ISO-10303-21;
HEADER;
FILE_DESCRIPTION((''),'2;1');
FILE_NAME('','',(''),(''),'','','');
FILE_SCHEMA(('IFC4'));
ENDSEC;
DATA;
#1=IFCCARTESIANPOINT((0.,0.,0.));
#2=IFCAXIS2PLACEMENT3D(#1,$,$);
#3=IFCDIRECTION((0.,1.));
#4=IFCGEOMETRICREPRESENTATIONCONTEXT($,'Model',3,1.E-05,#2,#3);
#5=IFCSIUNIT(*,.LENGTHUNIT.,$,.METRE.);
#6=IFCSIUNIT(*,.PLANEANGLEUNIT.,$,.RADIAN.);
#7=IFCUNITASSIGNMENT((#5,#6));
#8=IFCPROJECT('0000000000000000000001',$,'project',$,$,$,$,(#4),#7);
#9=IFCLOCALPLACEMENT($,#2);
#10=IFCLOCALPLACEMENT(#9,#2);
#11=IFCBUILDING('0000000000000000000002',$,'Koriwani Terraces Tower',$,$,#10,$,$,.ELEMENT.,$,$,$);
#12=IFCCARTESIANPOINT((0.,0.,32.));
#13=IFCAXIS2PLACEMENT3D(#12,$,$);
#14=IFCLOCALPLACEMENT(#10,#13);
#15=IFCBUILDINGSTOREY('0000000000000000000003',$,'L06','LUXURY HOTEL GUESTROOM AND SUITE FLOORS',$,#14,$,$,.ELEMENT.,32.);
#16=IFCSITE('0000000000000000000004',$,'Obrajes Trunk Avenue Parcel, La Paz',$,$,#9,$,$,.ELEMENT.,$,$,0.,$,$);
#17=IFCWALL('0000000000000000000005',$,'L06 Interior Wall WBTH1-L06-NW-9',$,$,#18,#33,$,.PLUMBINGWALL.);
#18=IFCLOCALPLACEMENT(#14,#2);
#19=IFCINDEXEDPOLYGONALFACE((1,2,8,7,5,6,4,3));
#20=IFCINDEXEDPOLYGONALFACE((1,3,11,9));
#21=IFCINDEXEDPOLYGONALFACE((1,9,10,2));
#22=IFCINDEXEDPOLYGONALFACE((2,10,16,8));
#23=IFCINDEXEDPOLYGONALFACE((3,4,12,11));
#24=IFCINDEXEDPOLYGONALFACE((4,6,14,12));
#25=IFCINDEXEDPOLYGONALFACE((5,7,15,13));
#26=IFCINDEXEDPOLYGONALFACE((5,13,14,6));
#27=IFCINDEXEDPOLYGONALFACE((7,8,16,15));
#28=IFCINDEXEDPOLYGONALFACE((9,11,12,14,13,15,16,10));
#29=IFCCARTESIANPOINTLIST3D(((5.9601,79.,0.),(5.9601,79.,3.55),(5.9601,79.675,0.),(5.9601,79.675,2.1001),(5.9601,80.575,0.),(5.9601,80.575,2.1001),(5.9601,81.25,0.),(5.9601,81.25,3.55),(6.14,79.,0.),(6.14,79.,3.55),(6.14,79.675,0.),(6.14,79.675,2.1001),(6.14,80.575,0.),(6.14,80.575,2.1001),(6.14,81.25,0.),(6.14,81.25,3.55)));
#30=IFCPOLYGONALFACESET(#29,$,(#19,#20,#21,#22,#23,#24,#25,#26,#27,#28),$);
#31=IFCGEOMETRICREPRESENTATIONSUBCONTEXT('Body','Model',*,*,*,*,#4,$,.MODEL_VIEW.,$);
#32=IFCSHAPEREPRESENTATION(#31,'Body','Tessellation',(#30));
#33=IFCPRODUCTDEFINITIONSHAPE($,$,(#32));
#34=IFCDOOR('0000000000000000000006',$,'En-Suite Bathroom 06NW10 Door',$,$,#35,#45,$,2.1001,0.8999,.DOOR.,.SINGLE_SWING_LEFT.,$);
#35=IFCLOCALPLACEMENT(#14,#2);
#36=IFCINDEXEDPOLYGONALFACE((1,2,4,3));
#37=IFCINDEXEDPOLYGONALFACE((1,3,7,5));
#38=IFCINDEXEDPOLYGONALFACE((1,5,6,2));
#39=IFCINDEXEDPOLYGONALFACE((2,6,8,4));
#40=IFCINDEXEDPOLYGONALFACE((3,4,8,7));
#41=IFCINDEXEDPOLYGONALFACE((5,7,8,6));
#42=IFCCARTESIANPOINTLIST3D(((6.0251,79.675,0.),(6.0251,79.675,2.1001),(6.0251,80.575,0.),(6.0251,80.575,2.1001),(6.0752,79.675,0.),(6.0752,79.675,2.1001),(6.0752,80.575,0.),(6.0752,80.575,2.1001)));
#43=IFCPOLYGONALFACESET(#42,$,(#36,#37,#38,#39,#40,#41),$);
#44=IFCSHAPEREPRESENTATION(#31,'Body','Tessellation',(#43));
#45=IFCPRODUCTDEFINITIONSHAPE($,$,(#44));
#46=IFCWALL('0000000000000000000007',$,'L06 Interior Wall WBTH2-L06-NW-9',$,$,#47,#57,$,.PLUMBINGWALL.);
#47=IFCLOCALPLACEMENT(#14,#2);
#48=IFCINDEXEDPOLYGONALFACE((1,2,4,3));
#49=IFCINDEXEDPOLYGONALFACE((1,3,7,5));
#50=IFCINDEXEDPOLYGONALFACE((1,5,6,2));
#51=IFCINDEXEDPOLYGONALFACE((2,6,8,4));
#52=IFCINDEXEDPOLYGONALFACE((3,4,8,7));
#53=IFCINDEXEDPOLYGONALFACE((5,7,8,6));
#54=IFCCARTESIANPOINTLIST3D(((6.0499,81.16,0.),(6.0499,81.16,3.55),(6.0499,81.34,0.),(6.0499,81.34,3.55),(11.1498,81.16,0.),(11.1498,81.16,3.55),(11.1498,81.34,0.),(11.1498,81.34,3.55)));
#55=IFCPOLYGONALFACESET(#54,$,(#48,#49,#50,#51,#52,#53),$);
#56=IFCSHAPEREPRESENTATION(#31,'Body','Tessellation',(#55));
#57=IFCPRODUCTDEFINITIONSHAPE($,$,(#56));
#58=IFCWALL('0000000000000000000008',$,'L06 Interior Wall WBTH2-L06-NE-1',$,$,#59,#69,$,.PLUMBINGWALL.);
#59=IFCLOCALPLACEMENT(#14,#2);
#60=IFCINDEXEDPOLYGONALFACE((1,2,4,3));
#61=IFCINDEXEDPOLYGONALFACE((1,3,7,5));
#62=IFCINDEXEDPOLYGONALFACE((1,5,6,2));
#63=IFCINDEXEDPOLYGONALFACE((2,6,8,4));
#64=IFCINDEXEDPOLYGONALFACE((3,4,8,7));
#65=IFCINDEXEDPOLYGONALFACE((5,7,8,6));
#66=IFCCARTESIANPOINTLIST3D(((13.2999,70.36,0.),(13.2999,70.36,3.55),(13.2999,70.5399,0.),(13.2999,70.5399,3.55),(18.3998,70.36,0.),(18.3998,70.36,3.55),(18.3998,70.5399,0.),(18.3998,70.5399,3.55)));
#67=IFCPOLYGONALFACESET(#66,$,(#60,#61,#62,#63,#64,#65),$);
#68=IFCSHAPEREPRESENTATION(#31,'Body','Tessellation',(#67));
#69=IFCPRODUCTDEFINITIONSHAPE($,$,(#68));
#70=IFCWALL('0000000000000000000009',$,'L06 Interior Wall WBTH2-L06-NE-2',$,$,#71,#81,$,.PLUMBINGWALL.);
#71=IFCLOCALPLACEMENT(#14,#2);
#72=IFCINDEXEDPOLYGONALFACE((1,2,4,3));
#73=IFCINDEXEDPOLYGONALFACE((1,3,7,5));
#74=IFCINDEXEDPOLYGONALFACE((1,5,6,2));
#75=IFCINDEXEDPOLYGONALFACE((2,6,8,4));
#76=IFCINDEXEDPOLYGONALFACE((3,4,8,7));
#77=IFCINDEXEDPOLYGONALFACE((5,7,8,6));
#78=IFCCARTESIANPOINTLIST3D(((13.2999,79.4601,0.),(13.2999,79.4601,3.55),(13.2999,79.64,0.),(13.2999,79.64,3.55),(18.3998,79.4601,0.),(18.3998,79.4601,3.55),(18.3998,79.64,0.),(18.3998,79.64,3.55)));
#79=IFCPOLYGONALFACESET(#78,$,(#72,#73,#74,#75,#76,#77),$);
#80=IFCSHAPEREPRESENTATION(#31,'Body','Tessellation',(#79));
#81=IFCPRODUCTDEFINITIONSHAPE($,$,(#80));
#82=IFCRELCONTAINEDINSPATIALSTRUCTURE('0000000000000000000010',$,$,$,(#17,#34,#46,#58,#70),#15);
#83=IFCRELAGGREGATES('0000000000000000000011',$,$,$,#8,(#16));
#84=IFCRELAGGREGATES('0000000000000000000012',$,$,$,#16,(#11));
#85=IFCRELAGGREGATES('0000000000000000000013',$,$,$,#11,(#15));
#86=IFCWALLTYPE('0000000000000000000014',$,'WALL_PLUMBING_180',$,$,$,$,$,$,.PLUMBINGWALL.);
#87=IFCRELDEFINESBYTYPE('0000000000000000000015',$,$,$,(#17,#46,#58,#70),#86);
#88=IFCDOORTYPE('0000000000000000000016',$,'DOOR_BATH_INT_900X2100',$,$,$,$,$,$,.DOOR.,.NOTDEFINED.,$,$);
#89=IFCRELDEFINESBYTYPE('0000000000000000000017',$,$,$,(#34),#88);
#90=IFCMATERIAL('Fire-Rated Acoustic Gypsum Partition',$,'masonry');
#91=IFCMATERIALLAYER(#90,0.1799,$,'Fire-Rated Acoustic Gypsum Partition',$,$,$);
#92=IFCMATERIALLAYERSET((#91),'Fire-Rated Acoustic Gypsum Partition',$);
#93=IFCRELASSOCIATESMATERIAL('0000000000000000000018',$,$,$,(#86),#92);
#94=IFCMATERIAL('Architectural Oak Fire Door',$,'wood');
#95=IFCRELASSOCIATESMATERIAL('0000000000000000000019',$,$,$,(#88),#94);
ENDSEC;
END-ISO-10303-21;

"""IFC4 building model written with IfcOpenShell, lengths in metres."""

from ifc_helpers import new_model, si_unit, direction, frame, frame_2d, origin, place, context, subcontext, project, spatial, rectangle, extrude, material, layer, layer_set, type_object, element, fill, save


model = new_model("IFC4")

# Units and contexts
model_context = context("Model", 3, precision=1e-05, world=origin(), true_north=direction((0.0, 1.0)))
body_context = subcontext(model_context, "Body", "Model", "MODEL_VIEW")
ifc_project = project(units=[si_unit("LENGTHUNIT", "METRE"), si_unit("PLANEANGLEUNIT", "RADIAN")], contexts=[model_context])

# Site, building, storey
site_placement = place(None, origin())
site = spatial("IfcSite", under=ifc_project, at=site_placement, Name="Obrajes Trunk Avenue Parcel, La Paz", CompositionType="ELEMENT", RefElevation=0.0)
building_placement = place(site_placement, origin())
building = spatial("IfcBuilding", under=site, at=building_placement, Name="Koriwani Terraces Tower", CompositionType="ELEMENT")
storey_placement = place(building_placement, frame((0.0, 0.0, 32.0)))
storey = spatial("IfcBuildingStorey", under=building, at=storey_placement, Name="L06", Description="LUXURY HOTEL GUESTROOM AND SUITE FLOORS", CompositionType="ELEMENT", Elevation=32.0)

# Shared definitions
ifc_material_1 = material(Name="Fire-Rated Acoustic Gypsum Partition", Category="masonry")
ifc_layer_1 = layer(ifc_material_1, 0.1799, Name="Fire-Rated Acoustic Gypsum Partition")
ifc_layer_set_1 = layer_set([ifc_layer_1], Name="Fire-Rated Acoustic Gypsum Partition")
wall_type_1 = type_object("IfcWallType", Name="WALL_PLUMBING_180", PredefinedType="PLUMBINGWALL", material=ifc_layer_set_1)
ifc_material_2 = material(Name="Architectural Oak Fire Door", Category="wood")
door_type = type_object("IfcDoorType", Name="DOOR_BATH_INT_900X2100", OperationType="NOTDEFINED", PredefinedType="DOOR", material=ifc_material_2)

# Wall, opening, door
wall_1_placement = place(storey_placement, frame((6.05, 79.0, 0.0), z_axis=(0.0, 0.0, 1.0), x_axis=(0.0, 1.0, 0.0)))
wall_1 = element("IfcWall", 1, at=wall_1_placement, inside=storey, type_object=wall_type_1, Name="L06 Interior Wall WBTH1-L06-NW-9", PredefinedType="PLUMBINGWALL", context=body_context, shape_type="SweptSolid", body=[
    extrude(rectangle(XDim=2.25, YDim=0.1799, at=frame_2d((1.125, 0.0))), origin(), (0.0, 0.0, 1.0), 3.55),
])
opening_1_placement = place(wall_1_placement, frame((0.675, 0.0, 0.0)))
opening_1 = element("IfcOpeningElement", 2, at=opening_1_placement, cuts=wall_1, PredefinedType="OPENING", context=body_context, shape_type="SweptSolid", body=[
    extrude(rectangle(XDim=0.8999, YDim=2.1001, at=frame_2d((0.45, 1.05))), frame((0.0, 0.1001, 0.0), z_axis=(0.0, -1.0, 0.0), x_axis=(1.0, 0.0, 0.0)), (0.0, 0.0, 1.0), 0.2),
])
door_1_placement = place(opening_1_placement, origin())
door_1 = element("IfcDoor", 3, at=door_1_placement, inside=storey, type_object=door_type, Name="En-Suite Bathroom 06NW10 Door", OperationType="SINGLE_SWING_LEFT", OverallHeight=2.1001, OverallWidth=0.8999, PredefinedType="DOOR", context=body_context, shape_type="SweptSolid", body=[
    extrude(rectangle(XDim=0.8999, YDim=2.1001, at=frame_2d((0.45, 1.05))), frame((0.0, 0.0249, 0.0), z_axis=(0.0, -1.0, 0.0), x_axis=(1.0, 0.0, 0.0)), (0.0, 0.0, 1.0), 0.05),
])
fill(opening_1, door_1)

# Walls
for number, where, z_axis, x_axis, name in (
    (4, (6.05, 81.25, 0.0), (0.0, 0.0, 1.0), (1.0, 0.0, 0.0), "L06 Interior Wall WBTH2-L06-NW-9"),
    (5, (13.3, 70.45, 0.0), (0.0, 0.0, 1.0), (1.0, 0.0, 0.0), "L06 Interior Wall WBTH2-L06-NE-1"),
    (6, (13.3, 79.55, 0.0), (0.0, 0.0, 1.0), (1.0, 0.0, 0.0), "L06 Interior Wall WBTH2-L06-NE-2"),
):
    element("IfcWall", number, at=place(storey_placement, frame(where, z_axis=z_axis, x_axis=x_axis)), inside=storey, type_object=wall_type_1, Name=name, PredefinedType="PLUMBINGWALL", context=body_context, shape_type="SweptSolid", body=[
        extrude(rectangle(XDim=5.0999, YDim=0.1799, at=frame_2d((2.5498, 0.0))), origin(), (0.0, 0.0, 1.0), 3.55),
    ])

save(model, "model.ifc")
